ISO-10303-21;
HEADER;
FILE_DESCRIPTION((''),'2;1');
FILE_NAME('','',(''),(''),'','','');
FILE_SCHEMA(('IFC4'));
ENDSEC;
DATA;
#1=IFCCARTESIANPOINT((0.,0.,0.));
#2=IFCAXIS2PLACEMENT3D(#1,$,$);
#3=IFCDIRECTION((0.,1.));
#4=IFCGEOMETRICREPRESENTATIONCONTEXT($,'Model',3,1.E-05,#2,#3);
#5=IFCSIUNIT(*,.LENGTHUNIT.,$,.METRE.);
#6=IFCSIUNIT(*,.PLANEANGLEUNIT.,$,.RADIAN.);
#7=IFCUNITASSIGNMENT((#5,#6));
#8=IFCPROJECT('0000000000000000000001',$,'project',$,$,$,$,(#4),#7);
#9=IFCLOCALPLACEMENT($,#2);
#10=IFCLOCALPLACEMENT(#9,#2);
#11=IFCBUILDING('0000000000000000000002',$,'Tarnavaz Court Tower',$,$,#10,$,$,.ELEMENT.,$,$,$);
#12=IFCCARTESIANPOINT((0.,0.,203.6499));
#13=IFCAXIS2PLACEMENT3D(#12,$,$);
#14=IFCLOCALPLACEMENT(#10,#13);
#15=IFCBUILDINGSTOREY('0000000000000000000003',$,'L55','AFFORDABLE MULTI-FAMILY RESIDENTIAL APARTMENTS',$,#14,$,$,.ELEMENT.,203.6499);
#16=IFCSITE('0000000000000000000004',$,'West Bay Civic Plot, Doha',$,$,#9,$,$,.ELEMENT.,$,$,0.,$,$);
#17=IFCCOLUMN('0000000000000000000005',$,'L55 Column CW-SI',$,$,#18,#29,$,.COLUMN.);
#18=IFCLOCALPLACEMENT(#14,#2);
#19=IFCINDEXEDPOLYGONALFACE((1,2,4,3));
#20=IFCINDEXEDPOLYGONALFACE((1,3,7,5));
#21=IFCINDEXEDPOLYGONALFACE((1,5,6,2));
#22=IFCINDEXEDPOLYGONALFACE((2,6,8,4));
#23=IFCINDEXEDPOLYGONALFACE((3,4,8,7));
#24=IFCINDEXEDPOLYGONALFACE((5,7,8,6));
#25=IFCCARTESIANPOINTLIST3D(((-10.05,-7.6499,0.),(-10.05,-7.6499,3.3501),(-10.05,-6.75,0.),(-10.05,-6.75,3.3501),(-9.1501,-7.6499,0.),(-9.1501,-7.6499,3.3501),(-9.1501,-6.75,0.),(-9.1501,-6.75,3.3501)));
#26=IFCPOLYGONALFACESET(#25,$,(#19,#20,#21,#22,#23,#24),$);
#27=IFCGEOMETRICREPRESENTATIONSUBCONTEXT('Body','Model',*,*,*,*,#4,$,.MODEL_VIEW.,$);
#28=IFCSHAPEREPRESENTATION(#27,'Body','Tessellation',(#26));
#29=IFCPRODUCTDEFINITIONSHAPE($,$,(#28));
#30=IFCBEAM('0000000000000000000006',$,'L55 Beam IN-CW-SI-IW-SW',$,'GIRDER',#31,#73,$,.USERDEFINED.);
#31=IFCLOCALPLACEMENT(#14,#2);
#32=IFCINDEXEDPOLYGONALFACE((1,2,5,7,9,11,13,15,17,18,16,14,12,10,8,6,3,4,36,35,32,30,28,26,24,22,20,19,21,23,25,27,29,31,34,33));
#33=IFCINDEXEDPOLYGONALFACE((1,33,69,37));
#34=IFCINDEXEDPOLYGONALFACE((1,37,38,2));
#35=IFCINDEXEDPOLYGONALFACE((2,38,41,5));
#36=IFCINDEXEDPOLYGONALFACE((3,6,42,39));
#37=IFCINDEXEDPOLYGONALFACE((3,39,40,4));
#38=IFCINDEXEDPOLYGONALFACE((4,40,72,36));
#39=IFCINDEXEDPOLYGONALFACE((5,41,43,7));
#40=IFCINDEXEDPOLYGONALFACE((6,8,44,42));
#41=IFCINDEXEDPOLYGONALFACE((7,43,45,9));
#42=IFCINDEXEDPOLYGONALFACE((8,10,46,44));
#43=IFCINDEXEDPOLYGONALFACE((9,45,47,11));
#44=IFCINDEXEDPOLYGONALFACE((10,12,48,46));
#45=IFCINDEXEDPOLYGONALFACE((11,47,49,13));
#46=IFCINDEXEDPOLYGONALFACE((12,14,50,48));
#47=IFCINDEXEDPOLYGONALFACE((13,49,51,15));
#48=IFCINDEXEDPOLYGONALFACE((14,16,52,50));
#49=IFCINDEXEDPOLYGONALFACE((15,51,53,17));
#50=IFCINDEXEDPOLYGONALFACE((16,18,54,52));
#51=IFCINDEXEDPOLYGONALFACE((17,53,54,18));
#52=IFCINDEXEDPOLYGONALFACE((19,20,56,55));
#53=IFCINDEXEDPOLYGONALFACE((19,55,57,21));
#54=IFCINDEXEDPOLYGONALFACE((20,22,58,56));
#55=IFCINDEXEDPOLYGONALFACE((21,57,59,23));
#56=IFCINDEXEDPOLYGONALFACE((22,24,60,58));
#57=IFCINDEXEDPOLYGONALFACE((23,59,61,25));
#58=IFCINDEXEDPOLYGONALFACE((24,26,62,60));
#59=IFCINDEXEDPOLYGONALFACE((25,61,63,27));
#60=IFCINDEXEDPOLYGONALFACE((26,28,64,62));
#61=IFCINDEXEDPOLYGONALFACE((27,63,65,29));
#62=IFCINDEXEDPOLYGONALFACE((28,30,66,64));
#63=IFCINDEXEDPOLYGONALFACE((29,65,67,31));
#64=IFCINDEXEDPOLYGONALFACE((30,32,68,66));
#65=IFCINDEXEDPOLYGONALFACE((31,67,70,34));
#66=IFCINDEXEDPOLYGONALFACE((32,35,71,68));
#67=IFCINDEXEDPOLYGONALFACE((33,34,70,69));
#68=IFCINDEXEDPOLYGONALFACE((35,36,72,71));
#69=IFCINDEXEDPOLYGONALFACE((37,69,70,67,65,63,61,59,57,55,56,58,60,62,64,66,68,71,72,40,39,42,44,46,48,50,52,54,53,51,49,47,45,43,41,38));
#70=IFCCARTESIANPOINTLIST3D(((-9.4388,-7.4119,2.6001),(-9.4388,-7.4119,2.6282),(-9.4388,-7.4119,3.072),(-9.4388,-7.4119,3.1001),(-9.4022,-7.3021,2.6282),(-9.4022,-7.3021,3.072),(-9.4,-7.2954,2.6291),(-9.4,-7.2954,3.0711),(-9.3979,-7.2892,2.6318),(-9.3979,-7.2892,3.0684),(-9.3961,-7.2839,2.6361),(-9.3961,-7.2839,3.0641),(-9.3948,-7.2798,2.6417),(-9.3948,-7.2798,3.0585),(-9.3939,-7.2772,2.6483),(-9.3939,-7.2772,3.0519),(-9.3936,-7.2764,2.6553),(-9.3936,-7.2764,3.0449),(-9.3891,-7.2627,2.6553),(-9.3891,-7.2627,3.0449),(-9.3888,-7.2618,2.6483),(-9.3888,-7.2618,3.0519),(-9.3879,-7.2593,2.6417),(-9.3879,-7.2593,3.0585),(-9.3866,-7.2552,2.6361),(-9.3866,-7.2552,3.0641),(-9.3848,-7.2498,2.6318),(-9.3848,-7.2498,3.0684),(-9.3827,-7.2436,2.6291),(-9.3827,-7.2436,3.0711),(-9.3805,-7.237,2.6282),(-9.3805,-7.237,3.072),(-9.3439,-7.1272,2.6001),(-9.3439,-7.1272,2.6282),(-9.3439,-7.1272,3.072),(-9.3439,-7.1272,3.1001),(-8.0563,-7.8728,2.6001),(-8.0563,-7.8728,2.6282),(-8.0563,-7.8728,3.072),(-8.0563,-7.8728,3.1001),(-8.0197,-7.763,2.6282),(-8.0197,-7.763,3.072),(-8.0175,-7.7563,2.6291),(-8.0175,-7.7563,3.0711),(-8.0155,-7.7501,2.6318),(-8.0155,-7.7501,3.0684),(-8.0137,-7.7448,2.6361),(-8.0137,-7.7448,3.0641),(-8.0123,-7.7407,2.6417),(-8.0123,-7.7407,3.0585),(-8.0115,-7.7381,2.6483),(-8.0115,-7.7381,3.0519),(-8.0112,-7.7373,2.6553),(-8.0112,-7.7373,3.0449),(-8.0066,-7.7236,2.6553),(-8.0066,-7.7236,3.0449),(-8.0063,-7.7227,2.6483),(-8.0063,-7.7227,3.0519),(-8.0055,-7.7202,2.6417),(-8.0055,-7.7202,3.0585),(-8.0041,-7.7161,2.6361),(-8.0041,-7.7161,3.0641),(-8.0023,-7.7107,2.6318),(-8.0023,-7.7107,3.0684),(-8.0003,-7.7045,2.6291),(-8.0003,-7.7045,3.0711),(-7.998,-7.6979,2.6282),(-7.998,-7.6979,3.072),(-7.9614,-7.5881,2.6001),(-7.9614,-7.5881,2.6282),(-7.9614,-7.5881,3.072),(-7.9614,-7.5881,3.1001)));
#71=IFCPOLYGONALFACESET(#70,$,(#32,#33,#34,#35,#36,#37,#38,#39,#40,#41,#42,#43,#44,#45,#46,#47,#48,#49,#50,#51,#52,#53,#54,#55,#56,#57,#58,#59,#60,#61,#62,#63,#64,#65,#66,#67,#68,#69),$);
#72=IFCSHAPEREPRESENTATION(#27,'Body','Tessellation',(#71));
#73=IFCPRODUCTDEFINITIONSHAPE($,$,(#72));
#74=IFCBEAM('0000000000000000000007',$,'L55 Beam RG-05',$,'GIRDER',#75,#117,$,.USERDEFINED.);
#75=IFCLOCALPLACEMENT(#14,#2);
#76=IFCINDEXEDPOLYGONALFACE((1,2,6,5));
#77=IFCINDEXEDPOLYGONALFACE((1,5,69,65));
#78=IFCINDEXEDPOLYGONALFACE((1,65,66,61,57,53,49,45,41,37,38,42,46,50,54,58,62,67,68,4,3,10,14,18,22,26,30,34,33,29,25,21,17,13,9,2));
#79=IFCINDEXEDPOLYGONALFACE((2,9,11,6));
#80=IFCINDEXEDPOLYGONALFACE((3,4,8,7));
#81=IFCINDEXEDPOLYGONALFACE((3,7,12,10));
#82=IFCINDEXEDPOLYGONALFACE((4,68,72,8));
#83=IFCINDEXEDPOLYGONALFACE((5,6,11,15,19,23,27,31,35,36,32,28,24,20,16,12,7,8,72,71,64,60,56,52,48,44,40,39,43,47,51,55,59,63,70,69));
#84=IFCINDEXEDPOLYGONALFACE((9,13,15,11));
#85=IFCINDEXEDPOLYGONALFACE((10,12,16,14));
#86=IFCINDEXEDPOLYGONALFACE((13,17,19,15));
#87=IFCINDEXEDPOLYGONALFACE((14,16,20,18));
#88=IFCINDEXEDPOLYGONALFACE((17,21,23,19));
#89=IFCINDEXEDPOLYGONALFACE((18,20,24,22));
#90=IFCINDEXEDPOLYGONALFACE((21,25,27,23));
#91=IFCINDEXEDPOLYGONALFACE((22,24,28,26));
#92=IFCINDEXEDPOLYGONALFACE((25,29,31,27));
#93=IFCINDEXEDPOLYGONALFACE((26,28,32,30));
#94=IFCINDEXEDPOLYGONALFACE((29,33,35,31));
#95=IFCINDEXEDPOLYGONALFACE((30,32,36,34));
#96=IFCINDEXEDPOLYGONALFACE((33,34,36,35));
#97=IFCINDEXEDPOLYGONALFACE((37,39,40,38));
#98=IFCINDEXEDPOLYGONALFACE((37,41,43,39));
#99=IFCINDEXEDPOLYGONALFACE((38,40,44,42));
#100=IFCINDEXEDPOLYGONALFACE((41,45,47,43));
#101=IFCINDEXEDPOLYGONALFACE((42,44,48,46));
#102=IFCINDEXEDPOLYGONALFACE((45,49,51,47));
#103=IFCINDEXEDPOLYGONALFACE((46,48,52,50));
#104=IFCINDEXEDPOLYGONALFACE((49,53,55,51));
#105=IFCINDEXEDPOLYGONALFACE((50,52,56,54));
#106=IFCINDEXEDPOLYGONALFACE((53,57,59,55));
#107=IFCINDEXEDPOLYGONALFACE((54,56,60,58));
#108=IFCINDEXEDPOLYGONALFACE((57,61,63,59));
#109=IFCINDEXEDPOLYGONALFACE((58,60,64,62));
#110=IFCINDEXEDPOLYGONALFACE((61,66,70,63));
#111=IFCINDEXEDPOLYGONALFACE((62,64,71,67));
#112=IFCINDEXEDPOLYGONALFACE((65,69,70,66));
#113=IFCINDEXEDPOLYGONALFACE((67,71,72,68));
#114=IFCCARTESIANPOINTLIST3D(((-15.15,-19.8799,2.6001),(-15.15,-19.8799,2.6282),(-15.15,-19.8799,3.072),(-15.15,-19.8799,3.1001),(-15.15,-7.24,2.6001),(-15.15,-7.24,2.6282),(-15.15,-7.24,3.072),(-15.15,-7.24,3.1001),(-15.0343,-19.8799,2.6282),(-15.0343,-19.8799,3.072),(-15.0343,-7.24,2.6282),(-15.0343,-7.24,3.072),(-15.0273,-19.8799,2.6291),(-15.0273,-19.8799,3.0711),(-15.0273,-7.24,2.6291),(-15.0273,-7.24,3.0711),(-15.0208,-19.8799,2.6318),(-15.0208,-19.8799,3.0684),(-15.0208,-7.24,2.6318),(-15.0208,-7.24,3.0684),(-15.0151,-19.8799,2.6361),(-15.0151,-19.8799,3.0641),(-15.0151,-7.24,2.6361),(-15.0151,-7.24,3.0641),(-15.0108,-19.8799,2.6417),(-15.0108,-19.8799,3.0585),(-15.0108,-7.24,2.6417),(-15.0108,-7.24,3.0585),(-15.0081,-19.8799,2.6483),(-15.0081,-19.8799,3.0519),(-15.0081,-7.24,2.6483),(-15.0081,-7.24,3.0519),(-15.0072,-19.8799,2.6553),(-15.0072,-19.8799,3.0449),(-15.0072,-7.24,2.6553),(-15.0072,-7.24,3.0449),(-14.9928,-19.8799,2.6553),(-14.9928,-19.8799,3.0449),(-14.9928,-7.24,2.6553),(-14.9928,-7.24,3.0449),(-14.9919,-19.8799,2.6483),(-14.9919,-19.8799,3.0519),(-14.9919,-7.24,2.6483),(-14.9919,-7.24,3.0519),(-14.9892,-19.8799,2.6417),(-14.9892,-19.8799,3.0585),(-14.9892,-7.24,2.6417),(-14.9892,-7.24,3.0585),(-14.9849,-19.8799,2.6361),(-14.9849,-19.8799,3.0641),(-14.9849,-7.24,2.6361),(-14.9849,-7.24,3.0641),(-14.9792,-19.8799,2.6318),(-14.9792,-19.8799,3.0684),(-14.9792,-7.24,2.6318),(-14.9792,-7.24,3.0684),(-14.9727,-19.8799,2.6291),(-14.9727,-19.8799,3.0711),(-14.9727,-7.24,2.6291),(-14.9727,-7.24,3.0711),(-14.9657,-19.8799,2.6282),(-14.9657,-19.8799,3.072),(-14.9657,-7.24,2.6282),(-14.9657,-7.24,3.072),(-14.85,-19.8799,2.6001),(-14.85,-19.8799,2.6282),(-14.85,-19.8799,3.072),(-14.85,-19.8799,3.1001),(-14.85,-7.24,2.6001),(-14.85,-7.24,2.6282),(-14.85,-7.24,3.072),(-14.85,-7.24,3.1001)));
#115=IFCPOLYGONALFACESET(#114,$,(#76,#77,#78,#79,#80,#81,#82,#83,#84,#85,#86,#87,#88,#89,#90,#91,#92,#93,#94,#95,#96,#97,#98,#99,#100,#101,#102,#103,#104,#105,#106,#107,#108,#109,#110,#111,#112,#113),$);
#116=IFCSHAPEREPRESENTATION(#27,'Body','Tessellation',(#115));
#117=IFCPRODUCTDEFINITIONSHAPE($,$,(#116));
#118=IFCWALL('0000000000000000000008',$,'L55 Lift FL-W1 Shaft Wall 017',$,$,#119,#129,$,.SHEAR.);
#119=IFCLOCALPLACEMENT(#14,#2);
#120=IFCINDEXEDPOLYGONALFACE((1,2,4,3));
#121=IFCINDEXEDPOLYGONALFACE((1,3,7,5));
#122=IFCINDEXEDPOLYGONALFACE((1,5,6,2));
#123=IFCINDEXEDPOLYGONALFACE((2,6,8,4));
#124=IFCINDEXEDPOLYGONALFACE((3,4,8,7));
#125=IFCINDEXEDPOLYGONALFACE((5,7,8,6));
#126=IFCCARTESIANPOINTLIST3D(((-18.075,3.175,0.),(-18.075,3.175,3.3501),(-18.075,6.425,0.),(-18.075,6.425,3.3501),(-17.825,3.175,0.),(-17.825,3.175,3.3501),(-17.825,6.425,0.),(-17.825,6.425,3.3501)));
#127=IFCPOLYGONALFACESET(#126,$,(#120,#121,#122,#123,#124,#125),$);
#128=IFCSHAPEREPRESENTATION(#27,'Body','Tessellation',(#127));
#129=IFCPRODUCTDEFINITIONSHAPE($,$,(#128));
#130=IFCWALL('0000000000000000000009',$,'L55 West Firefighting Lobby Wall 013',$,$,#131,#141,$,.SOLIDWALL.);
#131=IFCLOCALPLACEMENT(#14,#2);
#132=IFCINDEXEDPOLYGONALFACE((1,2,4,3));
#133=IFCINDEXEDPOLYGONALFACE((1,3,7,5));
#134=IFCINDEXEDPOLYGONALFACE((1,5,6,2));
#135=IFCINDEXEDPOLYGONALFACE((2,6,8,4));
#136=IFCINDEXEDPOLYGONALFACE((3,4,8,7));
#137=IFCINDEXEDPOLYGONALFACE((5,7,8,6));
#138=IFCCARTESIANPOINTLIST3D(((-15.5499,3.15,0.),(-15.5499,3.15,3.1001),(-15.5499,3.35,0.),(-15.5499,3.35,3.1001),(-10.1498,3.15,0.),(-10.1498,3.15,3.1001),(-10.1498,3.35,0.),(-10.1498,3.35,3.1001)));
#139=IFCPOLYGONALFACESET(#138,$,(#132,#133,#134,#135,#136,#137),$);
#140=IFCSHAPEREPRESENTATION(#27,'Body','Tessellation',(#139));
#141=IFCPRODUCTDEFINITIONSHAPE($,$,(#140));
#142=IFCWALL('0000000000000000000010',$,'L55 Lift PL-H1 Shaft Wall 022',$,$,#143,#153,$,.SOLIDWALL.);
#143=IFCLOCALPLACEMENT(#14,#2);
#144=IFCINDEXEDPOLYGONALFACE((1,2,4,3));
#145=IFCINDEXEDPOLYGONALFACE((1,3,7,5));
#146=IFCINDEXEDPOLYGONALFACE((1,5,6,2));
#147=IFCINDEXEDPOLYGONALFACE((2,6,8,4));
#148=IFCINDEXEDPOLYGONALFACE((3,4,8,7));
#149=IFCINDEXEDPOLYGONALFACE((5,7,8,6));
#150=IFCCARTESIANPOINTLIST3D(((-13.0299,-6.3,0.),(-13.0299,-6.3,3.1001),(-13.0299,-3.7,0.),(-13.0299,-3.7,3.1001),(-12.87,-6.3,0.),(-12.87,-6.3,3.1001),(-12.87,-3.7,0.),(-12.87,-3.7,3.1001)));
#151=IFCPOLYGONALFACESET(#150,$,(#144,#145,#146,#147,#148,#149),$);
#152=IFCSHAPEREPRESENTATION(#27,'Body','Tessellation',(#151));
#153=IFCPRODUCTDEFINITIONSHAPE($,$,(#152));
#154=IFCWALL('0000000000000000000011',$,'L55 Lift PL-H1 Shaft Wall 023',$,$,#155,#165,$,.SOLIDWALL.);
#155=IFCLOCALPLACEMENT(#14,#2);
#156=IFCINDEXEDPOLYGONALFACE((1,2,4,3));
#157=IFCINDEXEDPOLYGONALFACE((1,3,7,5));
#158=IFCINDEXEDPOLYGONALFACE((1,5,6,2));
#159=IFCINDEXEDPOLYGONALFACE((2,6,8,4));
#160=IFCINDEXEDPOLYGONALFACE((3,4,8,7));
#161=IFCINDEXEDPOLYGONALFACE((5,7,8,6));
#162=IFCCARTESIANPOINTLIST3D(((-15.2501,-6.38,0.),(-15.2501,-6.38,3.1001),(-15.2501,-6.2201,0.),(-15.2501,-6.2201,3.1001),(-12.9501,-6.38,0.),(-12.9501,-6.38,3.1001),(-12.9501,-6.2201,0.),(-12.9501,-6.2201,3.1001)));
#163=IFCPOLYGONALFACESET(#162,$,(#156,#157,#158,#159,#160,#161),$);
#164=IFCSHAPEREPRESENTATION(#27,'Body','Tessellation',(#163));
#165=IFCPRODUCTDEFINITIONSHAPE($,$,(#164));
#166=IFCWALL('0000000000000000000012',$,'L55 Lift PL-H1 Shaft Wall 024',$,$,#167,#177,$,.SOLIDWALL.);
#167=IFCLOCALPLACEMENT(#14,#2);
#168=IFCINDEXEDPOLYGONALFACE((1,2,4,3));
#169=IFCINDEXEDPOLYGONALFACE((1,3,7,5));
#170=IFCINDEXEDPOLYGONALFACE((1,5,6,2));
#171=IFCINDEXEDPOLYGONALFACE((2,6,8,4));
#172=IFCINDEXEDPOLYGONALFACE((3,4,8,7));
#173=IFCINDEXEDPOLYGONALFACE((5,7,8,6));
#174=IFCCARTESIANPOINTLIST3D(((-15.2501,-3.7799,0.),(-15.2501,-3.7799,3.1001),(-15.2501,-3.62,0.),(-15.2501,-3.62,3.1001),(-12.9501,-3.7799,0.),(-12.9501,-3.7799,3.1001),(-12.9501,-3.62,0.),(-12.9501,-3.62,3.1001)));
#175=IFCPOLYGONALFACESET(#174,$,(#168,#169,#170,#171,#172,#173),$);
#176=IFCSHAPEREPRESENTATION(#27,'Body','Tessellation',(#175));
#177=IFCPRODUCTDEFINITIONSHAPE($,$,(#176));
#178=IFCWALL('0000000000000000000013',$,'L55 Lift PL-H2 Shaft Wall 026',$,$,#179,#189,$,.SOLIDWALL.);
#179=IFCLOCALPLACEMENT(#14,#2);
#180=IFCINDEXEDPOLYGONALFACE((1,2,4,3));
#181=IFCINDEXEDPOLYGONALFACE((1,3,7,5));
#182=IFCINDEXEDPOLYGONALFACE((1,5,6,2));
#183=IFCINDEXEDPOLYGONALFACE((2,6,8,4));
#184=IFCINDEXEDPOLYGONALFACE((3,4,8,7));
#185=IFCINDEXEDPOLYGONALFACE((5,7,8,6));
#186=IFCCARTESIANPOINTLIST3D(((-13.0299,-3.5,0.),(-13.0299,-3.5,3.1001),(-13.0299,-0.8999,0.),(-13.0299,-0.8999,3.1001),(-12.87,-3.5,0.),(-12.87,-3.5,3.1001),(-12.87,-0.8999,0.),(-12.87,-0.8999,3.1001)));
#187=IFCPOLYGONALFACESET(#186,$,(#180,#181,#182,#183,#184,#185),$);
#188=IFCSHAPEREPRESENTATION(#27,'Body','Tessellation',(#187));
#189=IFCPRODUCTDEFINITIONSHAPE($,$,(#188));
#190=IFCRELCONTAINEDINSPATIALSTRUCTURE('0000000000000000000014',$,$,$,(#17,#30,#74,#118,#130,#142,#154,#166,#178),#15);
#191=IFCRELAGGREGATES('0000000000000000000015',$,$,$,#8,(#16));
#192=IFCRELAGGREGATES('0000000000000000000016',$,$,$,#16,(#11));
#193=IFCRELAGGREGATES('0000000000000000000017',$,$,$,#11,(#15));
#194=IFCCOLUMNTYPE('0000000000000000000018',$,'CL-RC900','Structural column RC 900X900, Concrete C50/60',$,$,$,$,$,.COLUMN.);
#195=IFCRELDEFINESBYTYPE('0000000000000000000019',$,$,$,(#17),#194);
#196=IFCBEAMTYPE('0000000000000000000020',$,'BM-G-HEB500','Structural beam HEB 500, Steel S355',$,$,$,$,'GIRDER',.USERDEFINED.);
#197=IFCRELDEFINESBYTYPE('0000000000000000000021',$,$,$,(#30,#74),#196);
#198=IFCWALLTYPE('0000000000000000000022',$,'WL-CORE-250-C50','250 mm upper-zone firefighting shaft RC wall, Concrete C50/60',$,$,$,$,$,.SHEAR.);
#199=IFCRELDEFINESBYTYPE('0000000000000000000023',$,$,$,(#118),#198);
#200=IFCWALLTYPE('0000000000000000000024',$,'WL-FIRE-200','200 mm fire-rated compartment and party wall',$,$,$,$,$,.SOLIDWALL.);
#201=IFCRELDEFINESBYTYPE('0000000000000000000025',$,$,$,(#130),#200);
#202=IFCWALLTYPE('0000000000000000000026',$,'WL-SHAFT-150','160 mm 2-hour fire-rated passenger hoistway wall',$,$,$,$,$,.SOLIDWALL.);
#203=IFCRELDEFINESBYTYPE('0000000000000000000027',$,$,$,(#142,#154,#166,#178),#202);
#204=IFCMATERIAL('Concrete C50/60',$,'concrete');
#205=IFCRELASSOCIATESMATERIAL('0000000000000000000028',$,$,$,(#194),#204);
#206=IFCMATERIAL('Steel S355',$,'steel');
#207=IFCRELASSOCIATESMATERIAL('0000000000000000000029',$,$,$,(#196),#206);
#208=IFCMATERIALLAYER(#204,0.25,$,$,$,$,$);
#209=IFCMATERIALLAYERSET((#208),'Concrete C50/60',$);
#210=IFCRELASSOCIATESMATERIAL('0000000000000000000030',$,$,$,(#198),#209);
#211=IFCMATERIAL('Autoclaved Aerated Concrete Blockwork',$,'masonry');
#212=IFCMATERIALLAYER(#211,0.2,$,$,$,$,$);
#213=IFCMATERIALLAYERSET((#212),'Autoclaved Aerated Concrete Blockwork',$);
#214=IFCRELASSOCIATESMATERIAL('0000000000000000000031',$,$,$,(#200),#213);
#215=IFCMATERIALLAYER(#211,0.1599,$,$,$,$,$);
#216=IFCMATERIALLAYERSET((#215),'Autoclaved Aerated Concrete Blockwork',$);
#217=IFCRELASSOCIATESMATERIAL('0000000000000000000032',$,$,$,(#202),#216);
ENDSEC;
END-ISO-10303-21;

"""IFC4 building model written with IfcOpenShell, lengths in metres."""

from ifc_helpers import new_model, si_unit, direction, frame, frame_2d, origin, origin_2d, place, context, subcontext, project, spatial, rectangle, i_section, extrude, material, layer, layer_set, material_profile, profile_set, type_object, element, save


model = new_model("IFC4")

# Units and contexts
model_context = context("Model", 3, precision=1e-05, world=origin(), true_north=direction((0.0, 1.0)))
body_context = subcontext(model_context, "Body", "Model", "MODEL_VIEW")
ifc_project = project(units=[si_unit("LENGTHUNIT", "METRE"), si_unit("PLANEANGLEUNIT", "RADIAN")], contexts=[model_context])

# Site, building, storey
site_placement = place(None, origin())
site = spatial("IfcSite", under=ifc_project, at=site_placement, Name="West Bay Civic Plot, Doha", CompositionType="ELEMENT", RefElevation=0.0)
building_placement = place(site_placement, origin())
building = spatial("IfcBuilding", under=site, at=building_placement, Name="Tarnavaz Court Tower", CompositionType="ELEMENT")
storey_placement = place(building_placement, frame((0.0, 0.0, 203.6499)))
storey = spatial("IfcBuildingStorey", under=building, at=storey_placement, Name="L55", Description="AFFORDABLE MULTI-FAMILY RESIDENTIAL APARTMENTS", CompositionType="ELEMENT", Elevation=203.6499)

# Column
ifc_material_1 = material(Name="Concrete C50/60", Category="concrete")
ifc_material_profile_1 = material_profile(ifc_material_1, rectangle(XDim=0.8999, YDim=0.8999, at=origin_2d()), Name="RC 900X900")
ifc_profile_set_1 = profile_set([ifc_material_profile_1], Name="Concrete C50/60")
column_type = type_object("IfcColumnType", Name="CL-RC900", Description="Structural column RC 900X900, Concrete C50/60", PredefinedType="COLUMN", material=ifc_profile_set_1)
column_placement = place(storey_placement, frame((-9.6001, -7.2, 0.0), z_axis=(0.0, 0.0, 1.0), x_axis=(1.0, 0.0, 0.0)))
element("IfcColumn", 1, at=column_placement, inside=storey, type_object=column_type, Name="L55 Column CW-SI", PredefinedType="COLUMN", context=body_context, shape_type="SweptSolid", body=[
    extrude(rectangle(XDim=0.8999, YDim=0.8999, at=origin_2d()), origin(), (0.0, 0.0, 1.0), 3.3501),
])

# Beams
ifc_material_2 = material(Name="Steel S355", Category="steel")
ifc_material_profile_2 = material_profile(ifc_material_2, i_section(OverallWidth=0.3, OverallDepth=0.5, WebThickness=0.0144, FlangeThickness=0.0281, FilletRadius=0.0271, at=origin_2d()), Name="HEB 500")
ifc_profile_set_2 = profile_set([ifc_material_profile_2], Name="Steel S355")
beam_type = type_object("IfcBeamType", Name="BM-G-HEB500", Description="Structural beam HEB 500, Steel S355", ElementType="GIRDER", PredefinedType="USERDEFINED", material=ifc_profile_set_2)
beam_1_placement = place(storey_placement, frame((-9.3914, -7.2695, 2.8501), z_axis=(0.948667, -0.316278, 0.0), x_axis=(0.316278, 0.948667, 0.0)))
element("IfcBeam", 2, at=beam_1_placement, inside=storey, type_object=beam_type, Name="L55 Beam IN-CW-SI-IW-SW", ObjectType="GIRDER", PredefinedType="USERDEFINED", context=body_context, shape_type="SweptSolid", body=[
    extrude(i_section(OverallWidth=0.3, OverallDepth=0.5, WebThickness=0.0144, FlangeThickness=0.0281, FilletRadius=0.0271, at=origin_2d()), origin(), (0.0, 0.0, 1.0), 1.4573),
])
beam_2_placement = place(storey_placement, frame((-15.0, -7.24, 2.8501), z_axis=(0.0, -1.0, 0.0), x_axis=(1.0, 0.0, 0.0)))
element("IfcBeam", 3, at=beam_2_placement, inside=storey, type_object=beam_type, Name="L55 Beam RG-05", ObjectType="GIRDER", PredefinedType="USERDEFINED", context=body_context, shape_type="SweptSolid", body=[
    extrude(i_section(OverallWidth=0.3, OverallDepth=0.5, WebThickness=0.0144, FlangeThickness=0.0281, FilletRadius=0.0271, at=origin_2d()), origin(), (0.0, 0.0, 1.0), 12.6399),
])

# Wall
ifc_layer_1 = layer(ifc_material_1, 0.25)
ifc_layer_set_1 = layer_set([ifc_layer_1], Name="Concrete C50/60")
wall_type_1 = type_object("IfcWallType", Name="WL-CORE-250-C50", Description="250 mm upper-zone firefighting shaft RC wall, Concrete C50/60", PredefinedType="SHEAR", material=ifc_layer_set_1)
wall_1_placement = place(storey_placement, frame((-17.95, 3.175, 0.0), z_axis=(0.0, 0.0, 1.0), x_axis=(0.0, 1.0, 0.0)))
element("IfcWall", 4, at=wall_1_placement, inside=storey, type_object=wall_type_1, Name="L55 Lift FL-W1 Shaft Wall 017", PredefinedType="SHEAR", context=body_context, shape_type="SweptSolid", body=[
    extrude(rectangle(XDim=3.25, YDim=0.25, at=frame_2d((1.625, 0.0))), origin(), (0.0, 0.0, 1.0), 3.3501),
])

# Wall
ifc_material_3 = material(Name="Autoclaved Aerated Concrete Blockwork", Category="masonry")
ifc_layer_2 = layer(ifc_material_3, 0.2)
ifc_layer_set_2 = layer_set([ifc_layer_2], Name="Autoclaved Aerated Concrete Blockwork")
wall_type_2 = type_object("IfcWallType", Name="WL-FIRE-200", Description="200 mm fire-rated compartment and party wall", PredefinedType="SOLIDWALL", material=ifc_layer_set_2)
wall_2_placement = place(storey_placement, frame((-15.55, 3.25, 0.0), z_axis=(0.0, 0.0, 1.0), x_axis=(1.0, 0.0, 0.0)))
element("IfcWall", 5, at=wall_2_placement, inside=storey, type_object=wall_type_2, Name="L55 West Firefighting Lobby Wall 013", PredefinedType="SOLIDWALL", context=body_context, shape_type="SweptSolid", body=[
    extrude(rectangle(XDim=5.4001, YDim=0.2, at=frame_2d((2.7002, 0.0))), origin(), (0.0, 0.0, 1.0), 3.1001),
])

# Shared definitions
ifc_layer_3 = layer(ifc_material_3, 0.1599)
ifc_layer_set_3 = layer_set([ifc_layer_3], Name="Autoclaved Aerated Concrete Blockwork")
wall_type_3 = type_object("IfcWallType", Name="WL-SHAFT-150", Description="160 mm 2-hour fire-rated passenger hoistway wall", PredefinedType="SOLIDWALL", material=ifc_layer_set_3)

# Walls
wall_3_placement = place(storey_placement, frame((-12.95, -6.3, 0.0), z_axis=(0.0, 0.0, 1.0), x_axis=(0.0, 1.0, 0.0)))
element("IfcWall", 6, at=wall_3_placement, inside=storey, type_object=wall_type_3, Name="L55 Lift PL-H1 Shaft Wall 022", PredefinedType="SOLIDWALL", context=body_context, shape_type="SweptSolid", body=[
    extrude(rectangle(XDim=2.6001, YDim=0.1599, at=frame_2d((1.3, 0.0))), origin(), (0.0, 0.0, 1.0), 3.1001),
])
for number, where, z_axis, x_axis, name in (
    (7, (-15.25, -6.3, 0.0), (0.0, 0.0, 1.0), (1.0, 0.0, 0.0), "L55 Lift PL-H1 Shaft Wall 023"),
    (8, (-15.25, -3.7, 0.0), (0.0, 0.0, 1.0), (1.0, 0.0, 0.0), "L55 Lift PL-H1 Shaft Wall 024"),
):
    element("IfcWall", number, at=place(storey_placement, frame(where, z_axis=z_axis, x_axis=x_axis)), inside=storey, type_object=wall_type_3, Name=name, PredefinedType="SOLIDWALL", context=body_context, shape_type="SweptSolid", body=[
        extrude(rectangle(XDim=2.3, YDim=0.1599, at=frame_2d((1.1499, 0.0))), origin(), (0.0, 0.0, 1.0), 3.1001),
    ])

# Wall
wall_4_placement = place(storey_placement, frame((-12.95, -3.5, 0.0), z_axis=(0.0, 0.0, 1.0), x_axis=(0.0, 1.0, 0.0)))
element("IfcWall", 9, at=wall_4_placement, inside=storey, type_object=wall_type_3, Name="L55 Lift PL-H2 Shaft Wall 026", PredefinedType="SOLIDWALL", context=body_context, shape_type="SweptSolid", body=[
    extrude(rectangle(XDim=2.6001, YDim=0.1599, at=frame_2d((1.3, 0.0))), origin(), (0.0, 0.0, 1.0), 3.1001),
])

save(model, "model.ifc")
